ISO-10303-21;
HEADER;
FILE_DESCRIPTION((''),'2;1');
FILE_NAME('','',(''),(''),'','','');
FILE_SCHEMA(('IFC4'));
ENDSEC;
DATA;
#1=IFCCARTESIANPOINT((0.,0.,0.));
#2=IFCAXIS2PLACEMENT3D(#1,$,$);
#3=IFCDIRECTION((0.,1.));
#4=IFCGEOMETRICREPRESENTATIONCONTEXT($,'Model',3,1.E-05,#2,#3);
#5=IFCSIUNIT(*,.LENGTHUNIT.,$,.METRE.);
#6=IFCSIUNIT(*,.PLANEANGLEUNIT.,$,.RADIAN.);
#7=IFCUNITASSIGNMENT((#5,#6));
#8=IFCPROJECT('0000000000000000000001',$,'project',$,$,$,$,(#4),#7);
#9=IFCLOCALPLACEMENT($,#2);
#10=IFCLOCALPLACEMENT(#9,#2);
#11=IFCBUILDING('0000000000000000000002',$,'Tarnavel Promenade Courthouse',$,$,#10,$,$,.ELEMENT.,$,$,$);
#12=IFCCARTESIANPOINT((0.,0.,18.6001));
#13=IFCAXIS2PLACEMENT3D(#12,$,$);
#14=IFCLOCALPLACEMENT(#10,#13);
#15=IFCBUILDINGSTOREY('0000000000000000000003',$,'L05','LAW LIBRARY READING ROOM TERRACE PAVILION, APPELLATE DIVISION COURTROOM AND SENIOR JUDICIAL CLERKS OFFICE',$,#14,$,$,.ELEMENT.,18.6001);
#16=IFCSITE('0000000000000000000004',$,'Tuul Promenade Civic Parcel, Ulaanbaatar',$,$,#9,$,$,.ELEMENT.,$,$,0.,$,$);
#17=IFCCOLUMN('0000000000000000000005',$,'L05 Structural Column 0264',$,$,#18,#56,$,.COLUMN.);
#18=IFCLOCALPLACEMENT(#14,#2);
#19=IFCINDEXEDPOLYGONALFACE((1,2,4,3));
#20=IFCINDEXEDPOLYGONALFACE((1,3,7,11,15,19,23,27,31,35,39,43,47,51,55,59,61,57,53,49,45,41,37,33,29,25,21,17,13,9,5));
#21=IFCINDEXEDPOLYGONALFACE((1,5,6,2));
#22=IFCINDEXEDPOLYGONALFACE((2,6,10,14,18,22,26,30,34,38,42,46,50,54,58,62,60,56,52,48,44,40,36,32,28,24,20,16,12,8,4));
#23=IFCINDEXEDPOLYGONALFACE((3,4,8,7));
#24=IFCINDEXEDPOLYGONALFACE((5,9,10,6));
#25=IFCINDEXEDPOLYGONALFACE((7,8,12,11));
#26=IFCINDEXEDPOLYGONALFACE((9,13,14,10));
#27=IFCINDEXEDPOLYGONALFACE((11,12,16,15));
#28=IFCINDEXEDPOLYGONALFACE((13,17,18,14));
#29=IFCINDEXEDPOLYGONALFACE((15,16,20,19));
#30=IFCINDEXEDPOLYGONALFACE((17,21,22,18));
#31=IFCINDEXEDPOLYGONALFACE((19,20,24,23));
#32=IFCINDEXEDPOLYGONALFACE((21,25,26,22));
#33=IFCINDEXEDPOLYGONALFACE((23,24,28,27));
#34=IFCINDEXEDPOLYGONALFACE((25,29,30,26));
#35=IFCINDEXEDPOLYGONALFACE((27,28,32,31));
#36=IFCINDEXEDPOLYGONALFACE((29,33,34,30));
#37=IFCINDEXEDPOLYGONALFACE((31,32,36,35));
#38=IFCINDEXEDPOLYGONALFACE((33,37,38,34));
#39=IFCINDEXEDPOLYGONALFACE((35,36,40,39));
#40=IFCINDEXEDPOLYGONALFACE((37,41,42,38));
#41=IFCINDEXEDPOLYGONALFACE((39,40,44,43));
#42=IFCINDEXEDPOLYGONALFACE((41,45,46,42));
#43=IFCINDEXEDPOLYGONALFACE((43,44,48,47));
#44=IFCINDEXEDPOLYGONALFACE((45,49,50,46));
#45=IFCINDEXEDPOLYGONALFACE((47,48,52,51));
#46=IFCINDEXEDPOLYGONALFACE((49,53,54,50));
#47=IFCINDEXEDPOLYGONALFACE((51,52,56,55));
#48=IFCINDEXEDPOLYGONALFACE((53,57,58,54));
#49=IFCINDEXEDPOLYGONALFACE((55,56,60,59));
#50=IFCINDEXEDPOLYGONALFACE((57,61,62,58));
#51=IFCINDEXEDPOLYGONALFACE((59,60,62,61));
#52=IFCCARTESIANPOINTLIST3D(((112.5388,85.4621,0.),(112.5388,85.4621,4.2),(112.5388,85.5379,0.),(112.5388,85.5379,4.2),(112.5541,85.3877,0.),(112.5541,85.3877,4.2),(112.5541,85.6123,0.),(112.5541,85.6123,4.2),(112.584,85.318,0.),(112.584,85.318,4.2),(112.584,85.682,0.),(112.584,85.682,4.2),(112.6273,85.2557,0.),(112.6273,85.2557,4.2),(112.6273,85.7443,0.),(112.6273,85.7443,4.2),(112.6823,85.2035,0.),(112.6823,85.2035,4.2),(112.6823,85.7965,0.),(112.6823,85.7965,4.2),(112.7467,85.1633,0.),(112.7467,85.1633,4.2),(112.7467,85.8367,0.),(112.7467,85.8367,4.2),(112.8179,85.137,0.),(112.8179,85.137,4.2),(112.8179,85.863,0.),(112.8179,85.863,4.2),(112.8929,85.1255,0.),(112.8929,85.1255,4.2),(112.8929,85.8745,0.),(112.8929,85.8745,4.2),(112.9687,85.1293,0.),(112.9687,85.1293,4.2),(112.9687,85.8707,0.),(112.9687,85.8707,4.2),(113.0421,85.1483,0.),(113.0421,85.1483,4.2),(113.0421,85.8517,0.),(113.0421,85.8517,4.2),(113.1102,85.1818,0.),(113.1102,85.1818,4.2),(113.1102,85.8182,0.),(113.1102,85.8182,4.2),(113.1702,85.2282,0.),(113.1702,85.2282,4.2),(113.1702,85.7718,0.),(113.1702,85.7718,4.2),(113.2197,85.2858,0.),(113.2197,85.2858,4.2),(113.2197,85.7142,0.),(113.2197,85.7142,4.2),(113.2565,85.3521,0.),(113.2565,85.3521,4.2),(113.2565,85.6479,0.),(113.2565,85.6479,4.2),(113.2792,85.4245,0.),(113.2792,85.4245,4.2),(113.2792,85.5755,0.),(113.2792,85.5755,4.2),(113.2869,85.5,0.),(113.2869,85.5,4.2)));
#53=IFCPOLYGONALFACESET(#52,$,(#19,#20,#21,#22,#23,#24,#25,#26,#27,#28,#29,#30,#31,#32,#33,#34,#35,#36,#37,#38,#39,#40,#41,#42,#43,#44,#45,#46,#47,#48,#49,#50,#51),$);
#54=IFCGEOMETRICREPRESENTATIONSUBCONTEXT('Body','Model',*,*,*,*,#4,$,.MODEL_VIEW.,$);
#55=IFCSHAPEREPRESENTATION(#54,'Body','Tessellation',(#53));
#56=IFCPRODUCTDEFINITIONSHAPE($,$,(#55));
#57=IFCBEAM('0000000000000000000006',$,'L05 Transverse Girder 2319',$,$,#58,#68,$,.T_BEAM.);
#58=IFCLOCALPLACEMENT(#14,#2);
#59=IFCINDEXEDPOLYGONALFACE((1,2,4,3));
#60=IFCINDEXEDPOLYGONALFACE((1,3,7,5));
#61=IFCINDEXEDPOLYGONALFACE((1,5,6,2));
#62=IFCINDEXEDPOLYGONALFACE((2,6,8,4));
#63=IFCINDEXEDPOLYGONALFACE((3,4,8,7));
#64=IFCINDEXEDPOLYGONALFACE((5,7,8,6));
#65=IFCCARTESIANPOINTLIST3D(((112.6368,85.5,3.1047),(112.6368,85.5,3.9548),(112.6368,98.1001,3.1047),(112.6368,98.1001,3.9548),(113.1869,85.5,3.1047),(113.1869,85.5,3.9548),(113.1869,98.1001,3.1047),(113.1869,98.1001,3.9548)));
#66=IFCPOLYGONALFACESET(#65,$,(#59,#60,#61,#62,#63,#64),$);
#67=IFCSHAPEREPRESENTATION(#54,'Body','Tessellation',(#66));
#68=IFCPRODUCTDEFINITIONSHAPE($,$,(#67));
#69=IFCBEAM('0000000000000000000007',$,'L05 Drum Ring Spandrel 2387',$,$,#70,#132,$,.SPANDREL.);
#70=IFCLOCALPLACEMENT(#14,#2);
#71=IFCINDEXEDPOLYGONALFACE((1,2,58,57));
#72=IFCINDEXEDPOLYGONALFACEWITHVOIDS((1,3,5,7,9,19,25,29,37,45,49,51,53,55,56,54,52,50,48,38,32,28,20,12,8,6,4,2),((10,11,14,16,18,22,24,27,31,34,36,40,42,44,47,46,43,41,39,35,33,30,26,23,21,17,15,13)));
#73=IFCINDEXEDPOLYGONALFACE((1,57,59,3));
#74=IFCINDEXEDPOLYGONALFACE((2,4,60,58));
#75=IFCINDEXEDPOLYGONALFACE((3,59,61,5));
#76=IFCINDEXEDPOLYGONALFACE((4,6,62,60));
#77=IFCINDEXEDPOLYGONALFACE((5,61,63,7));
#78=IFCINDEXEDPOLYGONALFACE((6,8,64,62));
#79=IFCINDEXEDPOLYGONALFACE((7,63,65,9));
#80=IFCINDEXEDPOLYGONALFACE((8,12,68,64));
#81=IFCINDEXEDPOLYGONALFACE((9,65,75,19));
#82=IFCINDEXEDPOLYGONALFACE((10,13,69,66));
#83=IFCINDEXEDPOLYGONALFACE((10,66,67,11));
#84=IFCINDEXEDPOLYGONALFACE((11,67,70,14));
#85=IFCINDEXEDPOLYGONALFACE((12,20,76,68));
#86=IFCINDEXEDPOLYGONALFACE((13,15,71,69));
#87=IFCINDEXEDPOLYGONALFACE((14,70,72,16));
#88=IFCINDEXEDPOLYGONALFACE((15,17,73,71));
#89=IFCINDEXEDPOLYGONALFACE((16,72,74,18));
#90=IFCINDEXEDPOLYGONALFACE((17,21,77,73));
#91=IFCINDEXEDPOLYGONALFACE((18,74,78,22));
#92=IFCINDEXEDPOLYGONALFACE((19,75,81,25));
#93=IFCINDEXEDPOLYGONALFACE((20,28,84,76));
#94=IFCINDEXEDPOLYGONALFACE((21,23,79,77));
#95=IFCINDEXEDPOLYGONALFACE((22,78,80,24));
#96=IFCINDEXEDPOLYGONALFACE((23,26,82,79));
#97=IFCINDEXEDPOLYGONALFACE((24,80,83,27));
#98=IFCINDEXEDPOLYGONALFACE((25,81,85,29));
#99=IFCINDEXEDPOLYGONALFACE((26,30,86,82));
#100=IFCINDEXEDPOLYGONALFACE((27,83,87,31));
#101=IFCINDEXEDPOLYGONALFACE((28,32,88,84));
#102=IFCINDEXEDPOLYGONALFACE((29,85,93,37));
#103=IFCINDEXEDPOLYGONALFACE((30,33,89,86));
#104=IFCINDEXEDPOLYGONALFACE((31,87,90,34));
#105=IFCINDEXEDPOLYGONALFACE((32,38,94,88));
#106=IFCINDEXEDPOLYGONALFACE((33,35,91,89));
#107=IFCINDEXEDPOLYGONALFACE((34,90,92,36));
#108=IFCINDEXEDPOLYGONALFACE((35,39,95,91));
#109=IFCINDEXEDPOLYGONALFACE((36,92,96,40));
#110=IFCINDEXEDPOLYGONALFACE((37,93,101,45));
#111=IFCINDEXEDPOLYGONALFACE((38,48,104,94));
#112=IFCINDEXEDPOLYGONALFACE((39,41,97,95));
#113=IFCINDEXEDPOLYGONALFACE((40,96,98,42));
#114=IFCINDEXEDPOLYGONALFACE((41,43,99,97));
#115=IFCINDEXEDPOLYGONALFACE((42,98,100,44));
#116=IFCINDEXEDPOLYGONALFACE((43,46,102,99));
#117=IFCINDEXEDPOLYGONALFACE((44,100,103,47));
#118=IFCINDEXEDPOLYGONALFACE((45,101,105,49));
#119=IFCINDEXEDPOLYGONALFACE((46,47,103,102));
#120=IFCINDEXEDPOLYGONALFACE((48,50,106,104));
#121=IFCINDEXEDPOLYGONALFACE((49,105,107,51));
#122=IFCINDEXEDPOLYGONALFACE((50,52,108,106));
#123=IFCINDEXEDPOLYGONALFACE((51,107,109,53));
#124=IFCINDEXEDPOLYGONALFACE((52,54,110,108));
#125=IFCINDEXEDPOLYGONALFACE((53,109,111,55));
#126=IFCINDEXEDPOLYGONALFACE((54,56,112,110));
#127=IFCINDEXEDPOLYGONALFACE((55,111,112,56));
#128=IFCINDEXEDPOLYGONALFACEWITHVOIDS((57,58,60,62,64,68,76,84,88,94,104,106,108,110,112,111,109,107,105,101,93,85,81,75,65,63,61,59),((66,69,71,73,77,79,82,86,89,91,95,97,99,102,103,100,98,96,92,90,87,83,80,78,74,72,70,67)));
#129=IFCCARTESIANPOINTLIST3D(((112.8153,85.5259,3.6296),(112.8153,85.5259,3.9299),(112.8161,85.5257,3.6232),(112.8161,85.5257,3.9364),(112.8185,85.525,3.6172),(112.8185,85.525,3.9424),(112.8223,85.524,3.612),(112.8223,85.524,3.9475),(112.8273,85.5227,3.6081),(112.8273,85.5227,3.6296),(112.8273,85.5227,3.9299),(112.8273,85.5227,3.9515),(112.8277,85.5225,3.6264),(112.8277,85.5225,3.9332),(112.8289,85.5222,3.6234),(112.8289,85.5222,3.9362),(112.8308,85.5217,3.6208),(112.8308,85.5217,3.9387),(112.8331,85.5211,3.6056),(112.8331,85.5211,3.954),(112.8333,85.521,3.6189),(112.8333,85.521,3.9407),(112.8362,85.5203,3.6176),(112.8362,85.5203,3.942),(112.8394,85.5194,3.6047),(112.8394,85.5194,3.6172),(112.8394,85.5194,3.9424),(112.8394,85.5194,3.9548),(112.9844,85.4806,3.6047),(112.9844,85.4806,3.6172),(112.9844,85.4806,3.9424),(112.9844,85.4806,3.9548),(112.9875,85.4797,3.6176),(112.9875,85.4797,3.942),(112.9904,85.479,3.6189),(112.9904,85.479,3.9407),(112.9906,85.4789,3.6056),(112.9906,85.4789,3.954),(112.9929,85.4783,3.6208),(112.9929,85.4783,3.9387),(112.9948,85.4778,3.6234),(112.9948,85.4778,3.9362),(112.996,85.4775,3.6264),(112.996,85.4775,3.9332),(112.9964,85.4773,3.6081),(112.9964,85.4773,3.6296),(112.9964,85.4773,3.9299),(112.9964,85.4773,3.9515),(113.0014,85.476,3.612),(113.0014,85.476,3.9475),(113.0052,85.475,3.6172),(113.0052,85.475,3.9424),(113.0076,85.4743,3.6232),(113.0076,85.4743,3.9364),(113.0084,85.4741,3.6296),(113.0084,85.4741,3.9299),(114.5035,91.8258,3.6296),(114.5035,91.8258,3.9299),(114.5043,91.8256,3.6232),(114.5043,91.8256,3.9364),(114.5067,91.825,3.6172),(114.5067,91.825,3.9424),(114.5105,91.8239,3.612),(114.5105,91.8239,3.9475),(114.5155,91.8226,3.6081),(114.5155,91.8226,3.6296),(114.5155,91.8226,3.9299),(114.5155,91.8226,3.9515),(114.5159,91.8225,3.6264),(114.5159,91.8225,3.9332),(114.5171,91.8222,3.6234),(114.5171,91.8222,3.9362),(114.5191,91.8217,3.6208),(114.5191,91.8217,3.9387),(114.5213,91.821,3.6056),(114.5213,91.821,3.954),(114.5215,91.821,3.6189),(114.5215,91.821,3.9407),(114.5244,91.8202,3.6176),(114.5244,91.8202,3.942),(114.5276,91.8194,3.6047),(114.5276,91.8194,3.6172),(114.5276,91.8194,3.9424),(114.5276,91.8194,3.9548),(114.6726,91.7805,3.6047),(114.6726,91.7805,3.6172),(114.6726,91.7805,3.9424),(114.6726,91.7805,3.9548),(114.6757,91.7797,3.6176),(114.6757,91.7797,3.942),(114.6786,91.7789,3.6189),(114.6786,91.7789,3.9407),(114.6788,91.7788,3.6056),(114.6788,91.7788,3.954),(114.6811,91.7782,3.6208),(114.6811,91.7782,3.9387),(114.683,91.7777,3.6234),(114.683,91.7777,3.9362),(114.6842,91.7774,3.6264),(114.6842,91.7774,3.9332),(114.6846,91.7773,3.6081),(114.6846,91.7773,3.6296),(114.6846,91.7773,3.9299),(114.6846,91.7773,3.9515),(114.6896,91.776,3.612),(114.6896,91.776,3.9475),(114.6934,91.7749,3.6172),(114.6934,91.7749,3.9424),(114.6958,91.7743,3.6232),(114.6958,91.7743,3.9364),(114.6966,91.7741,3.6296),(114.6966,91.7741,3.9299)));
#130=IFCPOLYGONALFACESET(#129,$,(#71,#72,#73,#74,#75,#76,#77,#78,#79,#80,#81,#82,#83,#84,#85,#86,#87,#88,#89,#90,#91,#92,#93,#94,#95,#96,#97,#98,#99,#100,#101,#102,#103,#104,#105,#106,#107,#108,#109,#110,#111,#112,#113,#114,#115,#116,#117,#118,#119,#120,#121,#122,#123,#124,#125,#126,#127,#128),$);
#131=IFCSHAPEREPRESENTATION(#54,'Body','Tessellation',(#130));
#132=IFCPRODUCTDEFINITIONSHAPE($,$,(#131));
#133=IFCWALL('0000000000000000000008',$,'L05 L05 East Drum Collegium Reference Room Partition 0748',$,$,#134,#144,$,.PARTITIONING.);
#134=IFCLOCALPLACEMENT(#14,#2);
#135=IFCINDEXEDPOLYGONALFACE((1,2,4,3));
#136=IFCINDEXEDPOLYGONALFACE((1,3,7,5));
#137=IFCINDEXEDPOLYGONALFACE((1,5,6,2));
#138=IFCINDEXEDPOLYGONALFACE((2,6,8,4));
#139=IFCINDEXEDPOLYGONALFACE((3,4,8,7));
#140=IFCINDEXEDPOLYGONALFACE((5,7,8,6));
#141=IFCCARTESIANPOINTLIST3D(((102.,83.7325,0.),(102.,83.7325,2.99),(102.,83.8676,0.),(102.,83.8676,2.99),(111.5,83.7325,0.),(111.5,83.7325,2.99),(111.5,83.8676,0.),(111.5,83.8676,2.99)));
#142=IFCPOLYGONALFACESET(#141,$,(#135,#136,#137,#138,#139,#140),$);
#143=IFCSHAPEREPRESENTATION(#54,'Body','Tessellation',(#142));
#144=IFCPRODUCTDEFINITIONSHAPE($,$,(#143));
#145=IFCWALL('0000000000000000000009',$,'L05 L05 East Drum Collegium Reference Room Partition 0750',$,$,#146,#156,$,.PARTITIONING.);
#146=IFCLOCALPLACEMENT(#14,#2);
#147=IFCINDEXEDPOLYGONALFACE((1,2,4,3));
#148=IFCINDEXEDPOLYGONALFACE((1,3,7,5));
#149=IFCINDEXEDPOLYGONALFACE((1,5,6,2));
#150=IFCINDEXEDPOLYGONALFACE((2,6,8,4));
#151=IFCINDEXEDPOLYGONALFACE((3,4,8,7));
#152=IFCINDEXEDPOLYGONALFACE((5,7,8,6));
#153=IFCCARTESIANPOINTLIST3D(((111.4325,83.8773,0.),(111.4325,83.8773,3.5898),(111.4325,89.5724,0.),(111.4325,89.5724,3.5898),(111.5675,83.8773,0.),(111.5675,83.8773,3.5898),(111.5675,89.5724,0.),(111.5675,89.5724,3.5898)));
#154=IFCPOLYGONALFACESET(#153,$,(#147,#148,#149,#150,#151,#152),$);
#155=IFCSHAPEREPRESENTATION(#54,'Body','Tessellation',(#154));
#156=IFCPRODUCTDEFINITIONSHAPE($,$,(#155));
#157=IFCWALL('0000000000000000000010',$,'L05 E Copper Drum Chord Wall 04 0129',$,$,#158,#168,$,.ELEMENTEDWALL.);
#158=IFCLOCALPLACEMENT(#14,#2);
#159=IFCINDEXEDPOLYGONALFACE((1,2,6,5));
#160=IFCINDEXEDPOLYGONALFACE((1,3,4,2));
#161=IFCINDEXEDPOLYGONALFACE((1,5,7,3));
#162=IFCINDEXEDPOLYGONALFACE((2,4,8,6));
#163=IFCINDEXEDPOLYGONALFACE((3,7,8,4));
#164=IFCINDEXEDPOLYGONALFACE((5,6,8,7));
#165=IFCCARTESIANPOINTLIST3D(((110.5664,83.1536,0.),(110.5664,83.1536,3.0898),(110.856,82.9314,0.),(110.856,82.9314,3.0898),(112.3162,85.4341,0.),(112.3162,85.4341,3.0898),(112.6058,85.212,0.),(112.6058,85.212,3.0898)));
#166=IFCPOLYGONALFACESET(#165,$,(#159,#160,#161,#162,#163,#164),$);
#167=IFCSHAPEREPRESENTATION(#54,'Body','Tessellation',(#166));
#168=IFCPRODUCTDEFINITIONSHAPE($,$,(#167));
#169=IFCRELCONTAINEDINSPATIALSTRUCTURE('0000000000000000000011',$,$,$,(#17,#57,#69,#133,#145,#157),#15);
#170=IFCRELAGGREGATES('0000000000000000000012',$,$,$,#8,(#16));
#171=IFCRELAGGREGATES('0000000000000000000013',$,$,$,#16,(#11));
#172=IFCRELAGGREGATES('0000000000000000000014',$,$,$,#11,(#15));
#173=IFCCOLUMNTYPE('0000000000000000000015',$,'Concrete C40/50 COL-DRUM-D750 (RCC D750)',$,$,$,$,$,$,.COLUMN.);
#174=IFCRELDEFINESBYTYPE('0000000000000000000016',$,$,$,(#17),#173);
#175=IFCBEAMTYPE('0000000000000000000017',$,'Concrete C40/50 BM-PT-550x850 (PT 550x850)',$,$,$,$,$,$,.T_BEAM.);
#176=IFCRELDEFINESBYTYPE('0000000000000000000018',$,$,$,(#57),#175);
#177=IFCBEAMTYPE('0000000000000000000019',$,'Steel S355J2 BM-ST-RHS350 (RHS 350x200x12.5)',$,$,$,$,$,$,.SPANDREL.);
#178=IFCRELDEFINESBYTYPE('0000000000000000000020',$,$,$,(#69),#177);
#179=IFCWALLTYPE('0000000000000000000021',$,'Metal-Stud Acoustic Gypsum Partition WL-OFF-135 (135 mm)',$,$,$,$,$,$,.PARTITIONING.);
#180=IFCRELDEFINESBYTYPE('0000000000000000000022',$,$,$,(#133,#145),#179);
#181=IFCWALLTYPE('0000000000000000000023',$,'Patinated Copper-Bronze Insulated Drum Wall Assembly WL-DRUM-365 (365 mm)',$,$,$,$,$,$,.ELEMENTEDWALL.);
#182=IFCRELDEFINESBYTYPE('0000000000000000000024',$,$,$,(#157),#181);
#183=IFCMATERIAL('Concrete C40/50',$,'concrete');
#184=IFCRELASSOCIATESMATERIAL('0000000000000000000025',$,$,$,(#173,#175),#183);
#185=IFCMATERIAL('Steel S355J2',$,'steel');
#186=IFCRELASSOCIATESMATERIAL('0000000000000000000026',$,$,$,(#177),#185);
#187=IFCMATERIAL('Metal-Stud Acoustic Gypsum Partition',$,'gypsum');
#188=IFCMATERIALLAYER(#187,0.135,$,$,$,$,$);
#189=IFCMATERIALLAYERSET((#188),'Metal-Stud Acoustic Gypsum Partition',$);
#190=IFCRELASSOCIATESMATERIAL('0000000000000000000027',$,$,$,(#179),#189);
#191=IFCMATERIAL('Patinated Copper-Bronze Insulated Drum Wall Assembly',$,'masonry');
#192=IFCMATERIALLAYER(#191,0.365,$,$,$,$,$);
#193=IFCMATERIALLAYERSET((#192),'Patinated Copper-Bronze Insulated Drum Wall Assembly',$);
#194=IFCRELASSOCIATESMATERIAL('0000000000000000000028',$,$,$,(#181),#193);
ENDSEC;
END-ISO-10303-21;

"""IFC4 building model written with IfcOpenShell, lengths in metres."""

from ifc_helpers import new_model, si_unit, direction, frame, frame_2d, origin, origin_2d, place, context, subcontext, project, spatial, rectangle, hollow_rectangle, circle, extrude, material, layer, layer_set, material_profile, profile_set, type_object, element, save


model = new_model("IFC4")

# Units and contexts
model_context = context("Model", 3, precision=1e-05, world=origin(), true_north=direction((0.0, 1.0)))
body_context = subcontext(model_context, "Body", "Model", "MODEL_VIEW")
ifc_project = project(units=[si_unit("LENGTHUNIT", "METRE"), si_unit("PLANEANGLEUNIT", "RADIAN")], contexts=[model_context])

# Site, building, storey
site_placement = place(None, origin())
site = spatial("IfcSite", under=ifc_project, at=site_placement, Name="Tuul Promenade Civic Parcel, Ulaanbaatar", CompositionType="ELEMENT", RefElevation=0.0)
building_placement = place(site_placement, origin())
building = spatial("IfcBuilding", under=site, at=building_placement, Name="Tarnavel Promenade Courthouse", CompositionType="ELEMENT")
storey_placement = place(building_placement, frame((0.0, 0.0, 18.6001)))
storey = spatial("IfcBuildingStorey", under=building, at=storey_placement, Name="L05", Description="LAW LIBRARY READING ROOM TERRACE PAVILION, APPELLATE DIVISION COURTROOM AND SENIOR JUDICIAL CLERKS OFFICE", CompositionType="ELEMENT", Elevation=18.6001)

# Column
ifc_material_1 = material(Name="Concrete C40/50", Category="concrete")
ifc_material_profile_1 = material_profile(ifc_material_1, circle(Radius=0.375, at=origin_2d()), Name="RCC D750")
ifc_profile_set_1 = profile_set([ifc_material_profile_1], Name="Concrete C40/50")
column_type = type_object("IfcColumnType", Name="Concrete C40/50 COL-DRUM-D750 (RCC D750)", PredefinedType="COLUMN", material=ifc_profile_set_1)
column_placement = place(storey_placement, frame((112.9119, 85.5, 0.0), z_axis=(0.0, 0.0, 1.0), x_axis=(1.0, 0.0, 0.0)))
element("IfcColumn", 1, at=column_placement, inside=storey, type_object=column_type, Name="L05 Structural Column 0264", PredefinedType="COLUMN", context=body_context, shape_type="SweptSolid", body=[
    extrude(circle(Radius=0.375, at=origin_2d()), origin(), (0.0, 0.0, 1.0), 4.2),
])

# Beams
ifc_material_profile_2 = material_profile(ifc_material_1, rectangle(XDim=0.55, YDim=0.8501, at=origin_2d()), Name="PT 550x850")
ifc_profile_set_2 = profile_set([ifc_material_profile_2], Name="Concrete C40/50")
beam_type_1 = type_object("IfcBeamType", Name="Concrete C40/50 BM-PT-550x850 (PT 550x850)", PredefinedType="T_BEAM", material=ifc_profile_set_2)
beam_1_placement = place(storey_placement, frame((112.9119, 85.5, 3.5298), z_axis=(0.0, 1.0, 0.0), x_axis=(-1.0, 0.0, 0.0)))
element("IfcBeam", 2, at=beam_1_placement, inside=storey, type_object=beam_type_1, Name="L05 Transverse Girder 2319", PredefinedType="T_BEAM", context=body_context, shape_type="SweptSolid", body=[
    extrude(rectangle(XDim=0.55, YDim=0.8501, at=origin_2d()), origin(), (0.0, 0.0, 1.0), 12.6001),
])
ifc_material_2 = material(Name="Steel S355J2", Category="steel")
ifc_material_profile_3 = material_profile(ifc_material_2, hollow_rectangle(XDim=0.2, YDim=0.3501, WallThickness=0.0125, InnerFilletRadius=0.0125, OuterFilletRadius=0.0249, at=origin_2d()), Name="RHS 350x200x12.5")
ifc_profile_set_3 = profile_set([ifc_material_profile_3], Name="Steel S355J2")
beam_type_2 = type_object("IfcBeamType", Name="Steel S355J2 BM-ST-RHS350 (RHS 350x200x12.5)", PredefinedType="SPANDREL", material=ifc_profile_set_3)
beam_2_placement = place(storey_placement, frame((112.9119, 85.5, 3.7798), z_axis=(0.258839, 0.96592, 0.0), x_axis=(-0.96592, 0.258839, 0.0)))
element("IfcBeam", 3, at=beam_2_placement, inside=storey, type_object=beam_type_2, Name="L05 Drum Ring Spandrel 2387", PredefinedType="SPANDREL", context=body_context, shape_type="SweptSolid", body=[
    extrude(hollow_rectangle(XDim=0.2, YDim=0.3501, WallThickness=0.0125, InnerFilletRadius=0.0125, OuterFilletRadius=0.0249, at=origin_2d()), origin(), (0.0, 0.0, 1.0), 6.5222),
])

# Walls
ifc_material_3 = material(Name="Metal-Stud Acoustic Gypsum Partition", Category="gypsum")
ifc_layer_1 = layer(ifc_material_3, 0.135)
ifc_layer_set_1 = layer_set([ifc_layer_1], Name="Metal-Stud Acoustic Gypsum Partition")
wall_type_1 = type_object("IfcWallType", Name="Metal-Stud Acoustic Gypsum Partition WL-OFF-135 (135 mm)", PredefinedType="PARTITIONING", material=ifc_layer_set_1)
wall_1_placement = place(storey_placement, frame((111.5, 83.8, 0.0), z_axis=(0.0, 0.0, 1.0), x_axis=(-1.0, 0.0, 0.0)))
element("IfcWall", 4, at=wall_1_placement, inside=storey, type_object=wall_type_1, Name="L05 L05 East Drum Collegium Reference Room Partition 0748", PredefinedType="PARTITIONING", context=body_context, shape_type="SweptSolid", body=[
    extrude(rectangle(XDim=9.5, YDim=0.135, at=frame_2d((4.75, 0.0))), origin(), (0.0, 0.0, 1.0), 2.99),
])
wall_2_placement = place(storey_placement, frame((111.5, 89.5725, 0.0), z_axis=(0.0, 0.0, 1.0), x_axis=(0.0, -1.0, 0.0)))
element("IfcWall", 5, at=wall_2_placement, inside=storey, type_object=wall_type_1, Name="L05 L05 East Drum Collegium Reference Room Partition 0750", PredefinedType="PARTITIONING", context=body_context, shape_type="SweptSolid", body=[
    extrude(rectangle(XDim=5.6951, YDim=0.135, at=frame_2d((2.8477, 0.0))), origin(), (0.0, 0.0, 1.0), 3.5898),
])
ifc_material_4 = material(Name="Patinated Copper-Bronze Insulated Drum Wall Assembly", Category="masonry")
ifc_layer_2 = layer(ifc_material_4, 0.365)
ifc_layer_set_2 = layer_set([ifc_layer_2], Name="Patinated Copper-Bronze Insulated Drum Wall Assembly")
wall_type_2 = type_object("IfcWallType", Name="Patinated Copper-Bronze Insulated Drum Wall Assembly WL-DRUM-365 (365 mm)", PredefinedType="ELEMENTEDWALL", material=ifc_layer_set_2)
wall_3_placement = place(storey_placement, frame((110.7112, 83.0425, 0.0), z_axis=(0.0, 0.0, 1.0), x_axis=(0.608729, 0.793378, 0.0)))
element("IfcWall", 6, at=wall_3_placement, inside=storey, type_object=wall_type_2, Name="L05 E Copper Drum Chord Wall 04 0129", PredefinedType="ELEMENTEDWALL", context=body_context, shape_type="SweptSolid", body=[
    extrude(rectangle(XDim=2.8745, YDim=0.365, at=frame_2d((1.4373, 0.0))), origin(), (0.0, 0.0, 1.0), 3.0898),
])

save(model, "model.ifc")
